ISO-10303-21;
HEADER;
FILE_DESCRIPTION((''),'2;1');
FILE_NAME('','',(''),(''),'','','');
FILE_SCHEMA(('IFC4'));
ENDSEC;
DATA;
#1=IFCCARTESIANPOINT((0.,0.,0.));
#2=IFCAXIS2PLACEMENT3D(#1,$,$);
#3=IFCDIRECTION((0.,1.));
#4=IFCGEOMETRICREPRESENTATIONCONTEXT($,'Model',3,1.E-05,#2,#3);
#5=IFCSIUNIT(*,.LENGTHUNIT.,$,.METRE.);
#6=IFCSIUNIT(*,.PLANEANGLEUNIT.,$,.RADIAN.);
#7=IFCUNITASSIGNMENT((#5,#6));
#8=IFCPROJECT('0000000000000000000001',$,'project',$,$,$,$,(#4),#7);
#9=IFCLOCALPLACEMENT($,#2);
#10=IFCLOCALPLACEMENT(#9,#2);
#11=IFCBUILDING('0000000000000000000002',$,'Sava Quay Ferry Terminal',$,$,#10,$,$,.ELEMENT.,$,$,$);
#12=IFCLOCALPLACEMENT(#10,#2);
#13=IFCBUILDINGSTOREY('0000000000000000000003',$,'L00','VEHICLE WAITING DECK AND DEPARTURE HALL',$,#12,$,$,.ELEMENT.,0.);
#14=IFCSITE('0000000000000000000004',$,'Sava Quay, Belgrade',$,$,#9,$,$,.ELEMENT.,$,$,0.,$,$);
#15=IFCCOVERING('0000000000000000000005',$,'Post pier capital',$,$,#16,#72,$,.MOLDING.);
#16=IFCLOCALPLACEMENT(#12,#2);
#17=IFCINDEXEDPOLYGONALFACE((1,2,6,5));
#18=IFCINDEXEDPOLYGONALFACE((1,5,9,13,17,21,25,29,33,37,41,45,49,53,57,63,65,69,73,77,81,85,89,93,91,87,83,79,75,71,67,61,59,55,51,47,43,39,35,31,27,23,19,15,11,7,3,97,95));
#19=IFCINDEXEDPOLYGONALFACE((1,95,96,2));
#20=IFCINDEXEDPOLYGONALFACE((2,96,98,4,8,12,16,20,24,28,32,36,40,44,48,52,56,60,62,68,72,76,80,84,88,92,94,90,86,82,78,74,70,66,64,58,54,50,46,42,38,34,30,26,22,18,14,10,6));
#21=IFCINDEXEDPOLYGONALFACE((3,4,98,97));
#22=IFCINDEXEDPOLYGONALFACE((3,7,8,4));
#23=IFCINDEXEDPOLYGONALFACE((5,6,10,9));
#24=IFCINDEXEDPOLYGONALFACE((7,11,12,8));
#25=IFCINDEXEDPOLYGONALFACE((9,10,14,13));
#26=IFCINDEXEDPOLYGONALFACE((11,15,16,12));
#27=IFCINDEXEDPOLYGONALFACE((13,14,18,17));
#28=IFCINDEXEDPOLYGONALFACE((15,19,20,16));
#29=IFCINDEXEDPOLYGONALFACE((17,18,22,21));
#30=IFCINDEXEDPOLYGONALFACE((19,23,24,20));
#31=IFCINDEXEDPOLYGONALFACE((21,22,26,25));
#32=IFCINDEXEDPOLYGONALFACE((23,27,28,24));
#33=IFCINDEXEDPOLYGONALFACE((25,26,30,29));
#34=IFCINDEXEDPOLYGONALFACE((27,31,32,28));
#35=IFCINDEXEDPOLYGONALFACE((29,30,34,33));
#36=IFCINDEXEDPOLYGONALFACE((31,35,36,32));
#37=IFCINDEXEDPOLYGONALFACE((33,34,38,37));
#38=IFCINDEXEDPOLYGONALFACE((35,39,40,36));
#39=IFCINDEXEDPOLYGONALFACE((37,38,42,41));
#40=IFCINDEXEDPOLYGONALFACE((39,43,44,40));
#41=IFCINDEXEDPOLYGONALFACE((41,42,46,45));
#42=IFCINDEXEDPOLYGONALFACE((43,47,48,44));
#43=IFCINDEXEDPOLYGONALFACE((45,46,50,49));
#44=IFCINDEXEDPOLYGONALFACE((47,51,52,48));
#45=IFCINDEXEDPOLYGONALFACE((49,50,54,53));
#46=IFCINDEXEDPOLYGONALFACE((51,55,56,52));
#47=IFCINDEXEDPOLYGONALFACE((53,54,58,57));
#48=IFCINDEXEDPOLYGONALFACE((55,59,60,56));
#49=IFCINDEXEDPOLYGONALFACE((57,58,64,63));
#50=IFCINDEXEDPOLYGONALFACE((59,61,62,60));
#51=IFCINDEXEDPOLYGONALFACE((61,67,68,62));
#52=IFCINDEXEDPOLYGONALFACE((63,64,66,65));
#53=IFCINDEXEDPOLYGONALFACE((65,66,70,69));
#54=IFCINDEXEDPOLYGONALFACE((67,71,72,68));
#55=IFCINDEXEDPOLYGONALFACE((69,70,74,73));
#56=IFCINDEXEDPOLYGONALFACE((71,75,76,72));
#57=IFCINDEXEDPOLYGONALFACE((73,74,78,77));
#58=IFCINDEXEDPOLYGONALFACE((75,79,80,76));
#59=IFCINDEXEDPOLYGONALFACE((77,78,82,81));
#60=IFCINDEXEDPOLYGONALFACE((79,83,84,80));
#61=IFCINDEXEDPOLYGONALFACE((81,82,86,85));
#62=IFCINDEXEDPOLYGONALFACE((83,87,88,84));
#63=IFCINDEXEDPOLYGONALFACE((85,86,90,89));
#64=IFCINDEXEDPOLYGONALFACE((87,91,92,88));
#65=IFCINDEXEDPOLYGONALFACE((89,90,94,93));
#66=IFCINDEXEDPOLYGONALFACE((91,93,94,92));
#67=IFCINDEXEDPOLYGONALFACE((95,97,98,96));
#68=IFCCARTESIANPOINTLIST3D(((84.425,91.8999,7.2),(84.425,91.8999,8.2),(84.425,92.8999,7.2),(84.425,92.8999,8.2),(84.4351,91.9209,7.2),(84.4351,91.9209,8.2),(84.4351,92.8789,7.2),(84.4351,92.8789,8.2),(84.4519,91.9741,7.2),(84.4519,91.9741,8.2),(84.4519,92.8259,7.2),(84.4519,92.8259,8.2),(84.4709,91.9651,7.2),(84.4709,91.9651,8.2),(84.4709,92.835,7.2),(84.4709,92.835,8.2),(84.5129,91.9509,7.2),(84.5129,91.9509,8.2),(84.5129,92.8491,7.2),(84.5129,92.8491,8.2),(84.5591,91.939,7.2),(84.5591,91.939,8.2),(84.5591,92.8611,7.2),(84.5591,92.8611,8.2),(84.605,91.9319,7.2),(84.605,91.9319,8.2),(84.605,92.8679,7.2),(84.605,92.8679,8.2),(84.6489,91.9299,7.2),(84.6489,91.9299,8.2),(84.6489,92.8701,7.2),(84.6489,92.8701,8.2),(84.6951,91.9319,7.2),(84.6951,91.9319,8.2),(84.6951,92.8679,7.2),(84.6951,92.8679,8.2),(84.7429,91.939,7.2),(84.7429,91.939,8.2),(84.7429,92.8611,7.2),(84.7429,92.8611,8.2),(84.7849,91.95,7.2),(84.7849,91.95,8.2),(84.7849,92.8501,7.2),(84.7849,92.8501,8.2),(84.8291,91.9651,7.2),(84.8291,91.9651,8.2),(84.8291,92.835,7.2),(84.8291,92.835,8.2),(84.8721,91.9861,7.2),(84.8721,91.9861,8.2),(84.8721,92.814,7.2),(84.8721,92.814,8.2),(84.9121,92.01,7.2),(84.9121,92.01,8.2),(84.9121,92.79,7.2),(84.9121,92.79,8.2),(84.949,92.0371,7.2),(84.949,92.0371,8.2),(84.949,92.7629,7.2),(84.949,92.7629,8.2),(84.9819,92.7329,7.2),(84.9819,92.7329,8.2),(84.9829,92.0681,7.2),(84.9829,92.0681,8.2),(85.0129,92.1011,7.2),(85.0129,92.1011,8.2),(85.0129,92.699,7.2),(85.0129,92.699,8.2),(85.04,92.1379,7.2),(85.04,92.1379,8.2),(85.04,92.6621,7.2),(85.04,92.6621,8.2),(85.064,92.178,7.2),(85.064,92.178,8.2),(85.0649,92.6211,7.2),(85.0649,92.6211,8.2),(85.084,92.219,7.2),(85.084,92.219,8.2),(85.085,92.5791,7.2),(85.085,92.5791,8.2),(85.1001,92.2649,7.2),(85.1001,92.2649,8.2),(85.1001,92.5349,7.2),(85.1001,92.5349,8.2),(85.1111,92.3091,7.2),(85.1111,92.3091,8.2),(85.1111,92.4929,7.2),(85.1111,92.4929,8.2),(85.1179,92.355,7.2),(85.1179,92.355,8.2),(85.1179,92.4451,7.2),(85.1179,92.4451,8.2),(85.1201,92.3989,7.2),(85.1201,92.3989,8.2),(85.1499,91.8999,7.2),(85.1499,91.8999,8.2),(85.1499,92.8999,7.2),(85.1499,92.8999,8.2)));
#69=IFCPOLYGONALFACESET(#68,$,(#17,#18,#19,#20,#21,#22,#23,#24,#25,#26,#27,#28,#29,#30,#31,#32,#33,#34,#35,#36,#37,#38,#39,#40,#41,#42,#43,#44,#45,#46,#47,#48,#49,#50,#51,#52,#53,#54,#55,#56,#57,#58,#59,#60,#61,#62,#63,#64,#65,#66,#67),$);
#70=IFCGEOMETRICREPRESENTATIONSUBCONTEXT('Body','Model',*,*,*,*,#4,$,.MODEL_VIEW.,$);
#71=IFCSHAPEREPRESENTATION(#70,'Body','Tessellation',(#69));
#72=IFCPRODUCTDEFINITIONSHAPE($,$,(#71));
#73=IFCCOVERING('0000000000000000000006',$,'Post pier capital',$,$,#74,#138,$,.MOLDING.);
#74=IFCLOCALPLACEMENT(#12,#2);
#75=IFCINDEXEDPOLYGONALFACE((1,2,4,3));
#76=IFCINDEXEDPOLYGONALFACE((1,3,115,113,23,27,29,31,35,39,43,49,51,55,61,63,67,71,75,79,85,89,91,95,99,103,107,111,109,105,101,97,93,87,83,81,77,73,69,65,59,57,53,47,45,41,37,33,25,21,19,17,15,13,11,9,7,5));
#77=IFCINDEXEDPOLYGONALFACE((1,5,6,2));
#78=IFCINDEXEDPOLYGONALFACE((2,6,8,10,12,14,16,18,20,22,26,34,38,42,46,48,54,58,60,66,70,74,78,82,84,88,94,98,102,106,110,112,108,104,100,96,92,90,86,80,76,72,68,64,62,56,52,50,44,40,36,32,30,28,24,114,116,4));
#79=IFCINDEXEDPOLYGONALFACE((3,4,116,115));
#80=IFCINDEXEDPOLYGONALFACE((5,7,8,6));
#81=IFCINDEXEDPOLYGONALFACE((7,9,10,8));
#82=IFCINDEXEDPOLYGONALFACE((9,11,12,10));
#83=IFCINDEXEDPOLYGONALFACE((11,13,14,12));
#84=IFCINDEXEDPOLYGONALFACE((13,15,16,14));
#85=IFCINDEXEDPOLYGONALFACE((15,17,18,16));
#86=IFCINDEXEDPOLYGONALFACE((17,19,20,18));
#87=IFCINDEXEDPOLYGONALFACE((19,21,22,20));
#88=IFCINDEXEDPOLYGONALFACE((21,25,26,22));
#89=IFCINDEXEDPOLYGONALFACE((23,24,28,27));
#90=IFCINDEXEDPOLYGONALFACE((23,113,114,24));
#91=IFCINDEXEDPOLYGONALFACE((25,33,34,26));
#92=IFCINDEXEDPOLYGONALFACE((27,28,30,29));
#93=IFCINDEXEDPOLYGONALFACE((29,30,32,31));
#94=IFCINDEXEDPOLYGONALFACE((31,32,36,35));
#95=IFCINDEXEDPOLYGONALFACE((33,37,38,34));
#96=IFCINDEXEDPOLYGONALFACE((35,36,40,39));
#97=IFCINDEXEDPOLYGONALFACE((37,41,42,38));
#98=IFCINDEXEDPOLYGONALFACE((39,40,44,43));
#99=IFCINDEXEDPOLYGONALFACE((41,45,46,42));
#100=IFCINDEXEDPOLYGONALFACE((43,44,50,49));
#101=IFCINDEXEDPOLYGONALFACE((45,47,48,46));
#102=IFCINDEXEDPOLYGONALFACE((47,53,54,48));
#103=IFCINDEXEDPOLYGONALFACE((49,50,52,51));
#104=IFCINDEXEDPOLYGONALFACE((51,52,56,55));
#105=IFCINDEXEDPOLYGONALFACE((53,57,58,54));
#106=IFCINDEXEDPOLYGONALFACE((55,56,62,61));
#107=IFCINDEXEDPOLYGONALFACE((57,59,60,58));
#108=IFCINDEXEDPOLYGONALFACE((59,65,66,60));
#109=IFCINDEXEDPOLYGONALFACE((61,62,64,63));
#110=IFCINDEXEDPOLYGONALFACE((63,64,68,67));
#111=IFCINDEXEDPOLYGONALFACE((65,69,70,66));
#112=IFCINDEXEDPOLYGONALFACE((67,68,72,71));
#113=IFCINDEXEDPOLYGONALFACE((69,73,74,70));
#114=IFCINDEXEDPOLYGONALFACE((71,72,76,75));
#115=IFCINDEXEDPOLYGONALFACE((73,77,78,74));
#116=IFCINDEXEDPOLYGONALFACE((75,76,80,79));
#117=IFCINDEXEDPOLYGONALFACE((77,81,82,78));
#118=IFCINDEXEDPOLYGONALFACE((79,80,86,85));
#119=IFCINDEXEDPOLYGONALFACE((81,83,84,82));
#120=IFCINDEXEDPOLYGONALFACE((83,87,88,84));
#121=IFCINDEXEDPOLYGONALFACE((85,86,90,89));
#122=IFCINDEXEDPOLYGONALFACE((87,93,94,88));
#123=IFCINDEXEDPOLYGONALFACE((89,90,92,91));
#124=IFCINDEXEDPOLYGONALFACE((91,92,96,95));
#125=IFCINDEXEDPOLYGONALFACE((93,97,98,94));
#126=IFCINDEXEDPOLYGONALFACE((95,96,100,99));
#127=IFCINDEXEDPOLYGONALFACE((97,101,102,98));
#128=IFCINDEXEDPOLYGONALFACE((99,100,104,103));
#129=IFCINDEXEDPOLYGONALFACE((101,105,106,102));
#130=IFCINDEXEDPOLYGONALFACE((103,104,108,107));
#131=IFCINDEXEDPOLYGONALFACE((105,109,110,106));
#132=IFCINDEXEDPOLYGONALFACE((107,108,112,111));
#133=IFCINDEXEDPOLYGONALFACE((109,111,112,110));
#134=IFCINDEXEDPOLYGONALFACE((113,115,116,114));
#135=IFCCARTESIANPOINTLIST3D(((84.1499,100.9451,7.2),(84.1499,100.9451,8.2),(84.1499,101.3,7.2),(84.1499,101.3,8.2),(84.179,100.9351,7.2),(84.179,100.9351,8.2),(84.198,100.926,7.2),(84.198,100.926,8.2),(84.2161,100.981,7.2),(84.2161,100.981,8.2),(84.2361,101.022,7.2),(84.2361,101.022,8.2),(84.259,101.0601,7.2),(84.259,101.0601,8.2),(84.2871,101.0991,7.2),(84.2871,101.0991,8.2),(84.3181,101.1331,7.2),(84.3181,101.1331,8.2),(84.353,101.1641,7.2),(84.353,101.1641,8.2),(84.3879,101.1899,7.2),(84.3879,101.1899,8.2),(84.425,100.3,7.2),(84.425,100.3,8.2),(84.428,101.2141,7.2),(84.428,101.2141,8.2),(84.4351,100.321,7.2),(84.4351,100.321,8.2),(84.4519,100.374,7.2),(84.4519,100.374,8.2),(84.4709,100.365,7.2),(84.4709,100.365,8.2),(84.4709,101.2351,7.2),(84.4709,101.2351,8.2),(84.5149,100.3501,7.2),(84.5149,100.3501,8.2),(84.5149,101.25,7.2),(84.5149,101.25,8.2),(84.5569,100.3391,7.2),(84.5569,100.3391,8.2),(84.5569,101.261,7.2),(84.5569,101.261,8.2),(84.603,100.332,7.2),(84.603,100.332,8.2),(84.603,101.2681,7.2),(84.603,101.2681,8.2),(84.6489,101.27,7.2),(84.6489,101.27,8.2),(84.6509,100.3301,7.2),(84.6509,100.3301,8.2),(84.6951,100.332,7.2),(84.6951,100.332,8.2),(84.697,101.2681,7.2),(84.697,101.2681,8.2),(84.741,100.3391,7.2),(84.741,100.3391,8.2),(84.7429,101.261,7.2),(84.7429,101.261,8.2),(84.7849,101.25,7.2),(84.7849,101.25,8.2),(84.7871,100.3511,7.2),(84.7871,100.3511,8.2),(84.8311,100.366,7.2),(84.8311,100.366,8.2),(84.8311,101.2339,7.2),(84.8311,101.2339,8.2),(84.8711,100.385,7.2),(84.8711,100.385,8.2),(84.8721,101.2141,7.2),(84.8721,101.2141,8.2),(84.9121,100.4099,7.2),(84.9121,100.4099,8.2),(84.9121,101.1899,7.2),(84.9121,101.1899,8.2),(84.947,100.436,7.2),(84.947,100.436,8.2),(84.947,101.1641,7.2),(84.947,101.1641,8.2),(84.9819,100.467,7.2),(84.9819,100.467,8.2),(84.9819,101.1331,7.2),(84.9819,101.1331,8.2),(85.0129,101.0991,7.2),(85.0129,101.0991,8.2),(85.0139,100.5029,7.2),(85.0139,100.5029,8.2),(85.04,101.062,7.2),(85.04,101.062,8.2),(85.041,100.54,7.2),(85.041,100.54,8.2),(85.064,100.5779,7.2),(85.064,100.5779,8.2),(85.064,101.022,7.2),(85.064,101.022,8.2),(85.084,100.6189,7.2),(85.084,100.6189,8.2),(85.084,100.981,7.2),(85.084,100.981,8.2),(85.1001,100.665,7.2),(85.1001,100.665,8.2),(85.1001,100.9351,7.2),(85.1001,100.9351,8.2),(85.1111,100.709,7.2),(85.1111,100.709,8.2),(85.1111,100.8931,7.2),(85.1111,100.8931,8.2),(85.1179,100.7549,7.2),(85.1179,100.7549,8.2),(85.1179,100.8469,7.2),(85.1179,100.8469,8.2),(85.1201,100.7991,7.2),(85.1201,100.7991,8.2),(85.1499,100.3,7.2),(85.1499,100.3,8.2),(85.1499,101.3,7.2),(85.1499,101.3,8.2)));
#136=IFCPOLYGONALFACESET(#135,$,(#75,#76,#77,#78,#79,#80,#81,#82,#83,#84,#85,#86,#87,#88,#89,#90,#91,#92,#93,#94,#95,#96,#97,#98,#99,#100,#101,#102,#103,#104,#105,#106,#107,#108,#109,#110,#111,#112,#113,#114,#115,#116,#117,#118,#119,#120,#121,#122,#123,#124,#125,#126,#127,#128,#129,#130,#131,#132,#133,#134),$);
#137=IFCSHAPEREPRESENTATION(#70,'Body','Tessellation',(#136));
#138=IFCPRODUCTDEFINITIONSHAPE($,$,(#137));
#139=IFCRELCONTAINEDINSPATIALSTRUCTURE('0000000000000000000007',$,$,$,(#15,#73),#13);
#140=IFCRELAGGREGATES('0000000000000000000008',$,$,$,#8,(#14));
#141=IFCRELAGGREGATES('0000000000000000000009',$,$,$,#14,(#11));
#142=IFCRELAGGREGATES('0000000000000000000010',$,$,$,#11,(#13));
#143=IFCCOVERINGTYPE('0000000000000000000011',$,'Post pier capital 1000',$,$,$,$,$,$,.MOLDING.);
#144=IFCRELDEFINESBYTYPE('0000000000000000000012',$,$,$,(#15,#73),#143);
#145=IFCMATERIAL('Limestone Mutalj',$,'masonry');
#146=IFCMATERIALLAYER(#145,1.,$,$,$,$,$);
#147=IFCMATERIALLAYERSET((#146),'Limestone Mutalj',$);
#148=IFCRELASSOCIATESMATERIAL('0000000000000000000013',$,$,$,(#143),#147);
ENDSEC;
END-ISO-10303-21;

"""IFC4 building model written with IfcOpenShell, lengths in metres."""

from ifc_helpers import new_model, si_unit, direction, frame, origin, place, context, subcontext, project, spatial, polyline, outline, extrude, material, layer, layer_set, type_object, element, save


model = new_model("IFC4")

# Units and contexts
model_context = context("Model", 3, precision=1e-05, world=origin(), true_north=direction((0.0, 1.0)))
body_context = subcontext(model_context, "Body", "Model", "MODEL_VIEW")
ifc_project = project(units=[si_unit("LENGTHUNIT", "METRE"), si_unit("PLANEANGLEUNIT", "RADIAN")], contexts=[model_context])

# Site, building, storey
site_placement = place(None, origin())
site = spatial("IfcSite", under=ifc_project, at=site_placement, Name="Sava Quay, Belgrade", CompositionType="ELEMENT", RefElevation=0.0)
building_placement = place(site_placement, origin())
building = spatial("IfcBuilding", under=site, at=building_placement, Name="Sava Quay Ferry Terminal", CompositionType="ELEMENT")
storey_placement = place(building_placement, origin())
storey = spatial("IfcBuildingStorey", under=building, at=storey_placement, Name="L00", Description="VEHICLE WAITING DECK AND DEPARTURE HALL", CompositionType="ELEMENT", Elevation=0.0)

# Coverings
ifc_material_1 = material(Name="Limestone Mutalj", Category="masonry")
ifc_layer_1 = layer(ifc_material_1, 1.0)
ifc_layer_set_1 = layer_set([ifc_layer_1], Name="Limestone Mutalj")
covering_type_1 = type_object("IfcCoveringType", Name="Post pier capital 1000", PredefinedType="MOLDING", material=ifc_layer_set_1)
covering_1_placement = place(storey_placement, frame((0.0, 0.0, 7.2)))
element("IfcCovering", 1, at=covering_1_placement, inside=storey, type_object=covering_type_1, Name="Post pier capital", PredefinedType="MOLDING", context=body_context, shape_type="SweptSolid", body=[
    extrude(outline(polyline([(85.1499, 91.8999), (85.1499, 92.8999), (84.425, 92.8999), (84.4351, 92.8789), (84.4519, 92.8259), (84.4709, 92.835), (84.5129, 92.8491), (84.5591, 92.8611), (84.605, 92.8679), (84.6489, 92.8701), (84.6951, 92.8679), (84.7429, 92.8611), (84.7849, 92.8501), (84.8291, 92.835), (84.8721, 92.814), (84.9121, 92.79), (84.949, 92.7629), (84.9819, 92.7329), (85.0129, 92.699), (85.04, 92.6621), (85.0649, 92.6211), (85.085, 92.5791), (85.1001, 92.5349), (85.1111, 92.4929), (85.1179, 92.4451), (85.1201, 92.3989), (85.1179, 92.355), (85.1111, 92.3091), (85.1001, 92.2649), (85.084, 92.219), (85.064, 92.178), (85.04, 92.1379), (85.0129, 92.1011), (84.9829, 92.0681), (84.949, 92.0371), (84.9121, 92.01), (84.8721, 91.9861), (84.8291, 91.9651), (84.7849, 91.95), (84.7429, 91.939), (84.6951, 91.9319), (84.6489, 91.9299), (84.605, 91.9319), (84.5591, 91.939), (84.5129, 91.9509), (84.4709, 91.9651), (84.4519, 91.9741), (84.4351, 91.9209), (84.425, 91.8999), (85.1499, 91.8999)])), origin(), (0.0, 0.0, 1.0), 1.0),
])
covering_2_placement = place(storey_placement, frame((0.0, 0.0, 7.2)))
element("IfcCovering", 2, at=covering_2_placement, inside=storey, type_object=covering_type_1, Name="Post pier capital", PredefinedType="MOLDING", context=body_context, shape_type="SweptSolid", body=[
    extrude(outline(polyline([(85.1499, 101.3), (84.1499, 101.3), (84.1499, 100.9451), (84.179, 100.9351), (84.198, 100.926), (84.2161, 100.981), (84.2361, 101.022), (84.259, 101.0601), (84.2871, 101.0991), (84.3181, 101.1331), (84.353, 101.1641), (84.3879, 101.1899), (84.428, 101.2141), (84.4709, 101.2351), (84.5149, 101.25), (84.5569, 101.261), (84.603, 101.2681), (84.6489, 101.27), (84.697, 101.2681), (84.7429, 101.261), (84.7849, 101.25), (84.8311, 101.2339), (84.8721, 101.2141), (84.9121, 101.1899), (84.947, 101.1641), (84.9819, 101.1331), (85.0129, 101.0991), (85.04, 101.062), (85.064, 101.022), (85.084, 100.981), (85.1001, 100.9351), (85.1111, 100.8931), (85.1179, 100.8469), (85.1201, 100.7991), (85.1179, 100.7549), (85.1111, 100.709), (85.1001, 100.665), (85.084, 100.6189), (85.064, 100.5779), (85.041, 100.54), (85.0139, 100.5029), (84.9819, 100.467), (84.947, 100.436), (84.9121, 100.4099), (84.8711, 100.385), (84.8311, 100.366), (84.7871, 100.3511), (84.741, 100.3391), (84.6951, 100.332), (84.6509, 100.3301), (84.603, 100.332), (84.5569, 100.3391), (84.5149, 100.3501), (84.4709, 100.365), (84.4519, 100.374), (84.4351, 100.321), (84.425, 100.3), (85.1499, 100.3), (85.1499, 101.3)])), origin(), (0.0, 0.0, 1.0), 1.0),
])

save(model, "model.ifc")
